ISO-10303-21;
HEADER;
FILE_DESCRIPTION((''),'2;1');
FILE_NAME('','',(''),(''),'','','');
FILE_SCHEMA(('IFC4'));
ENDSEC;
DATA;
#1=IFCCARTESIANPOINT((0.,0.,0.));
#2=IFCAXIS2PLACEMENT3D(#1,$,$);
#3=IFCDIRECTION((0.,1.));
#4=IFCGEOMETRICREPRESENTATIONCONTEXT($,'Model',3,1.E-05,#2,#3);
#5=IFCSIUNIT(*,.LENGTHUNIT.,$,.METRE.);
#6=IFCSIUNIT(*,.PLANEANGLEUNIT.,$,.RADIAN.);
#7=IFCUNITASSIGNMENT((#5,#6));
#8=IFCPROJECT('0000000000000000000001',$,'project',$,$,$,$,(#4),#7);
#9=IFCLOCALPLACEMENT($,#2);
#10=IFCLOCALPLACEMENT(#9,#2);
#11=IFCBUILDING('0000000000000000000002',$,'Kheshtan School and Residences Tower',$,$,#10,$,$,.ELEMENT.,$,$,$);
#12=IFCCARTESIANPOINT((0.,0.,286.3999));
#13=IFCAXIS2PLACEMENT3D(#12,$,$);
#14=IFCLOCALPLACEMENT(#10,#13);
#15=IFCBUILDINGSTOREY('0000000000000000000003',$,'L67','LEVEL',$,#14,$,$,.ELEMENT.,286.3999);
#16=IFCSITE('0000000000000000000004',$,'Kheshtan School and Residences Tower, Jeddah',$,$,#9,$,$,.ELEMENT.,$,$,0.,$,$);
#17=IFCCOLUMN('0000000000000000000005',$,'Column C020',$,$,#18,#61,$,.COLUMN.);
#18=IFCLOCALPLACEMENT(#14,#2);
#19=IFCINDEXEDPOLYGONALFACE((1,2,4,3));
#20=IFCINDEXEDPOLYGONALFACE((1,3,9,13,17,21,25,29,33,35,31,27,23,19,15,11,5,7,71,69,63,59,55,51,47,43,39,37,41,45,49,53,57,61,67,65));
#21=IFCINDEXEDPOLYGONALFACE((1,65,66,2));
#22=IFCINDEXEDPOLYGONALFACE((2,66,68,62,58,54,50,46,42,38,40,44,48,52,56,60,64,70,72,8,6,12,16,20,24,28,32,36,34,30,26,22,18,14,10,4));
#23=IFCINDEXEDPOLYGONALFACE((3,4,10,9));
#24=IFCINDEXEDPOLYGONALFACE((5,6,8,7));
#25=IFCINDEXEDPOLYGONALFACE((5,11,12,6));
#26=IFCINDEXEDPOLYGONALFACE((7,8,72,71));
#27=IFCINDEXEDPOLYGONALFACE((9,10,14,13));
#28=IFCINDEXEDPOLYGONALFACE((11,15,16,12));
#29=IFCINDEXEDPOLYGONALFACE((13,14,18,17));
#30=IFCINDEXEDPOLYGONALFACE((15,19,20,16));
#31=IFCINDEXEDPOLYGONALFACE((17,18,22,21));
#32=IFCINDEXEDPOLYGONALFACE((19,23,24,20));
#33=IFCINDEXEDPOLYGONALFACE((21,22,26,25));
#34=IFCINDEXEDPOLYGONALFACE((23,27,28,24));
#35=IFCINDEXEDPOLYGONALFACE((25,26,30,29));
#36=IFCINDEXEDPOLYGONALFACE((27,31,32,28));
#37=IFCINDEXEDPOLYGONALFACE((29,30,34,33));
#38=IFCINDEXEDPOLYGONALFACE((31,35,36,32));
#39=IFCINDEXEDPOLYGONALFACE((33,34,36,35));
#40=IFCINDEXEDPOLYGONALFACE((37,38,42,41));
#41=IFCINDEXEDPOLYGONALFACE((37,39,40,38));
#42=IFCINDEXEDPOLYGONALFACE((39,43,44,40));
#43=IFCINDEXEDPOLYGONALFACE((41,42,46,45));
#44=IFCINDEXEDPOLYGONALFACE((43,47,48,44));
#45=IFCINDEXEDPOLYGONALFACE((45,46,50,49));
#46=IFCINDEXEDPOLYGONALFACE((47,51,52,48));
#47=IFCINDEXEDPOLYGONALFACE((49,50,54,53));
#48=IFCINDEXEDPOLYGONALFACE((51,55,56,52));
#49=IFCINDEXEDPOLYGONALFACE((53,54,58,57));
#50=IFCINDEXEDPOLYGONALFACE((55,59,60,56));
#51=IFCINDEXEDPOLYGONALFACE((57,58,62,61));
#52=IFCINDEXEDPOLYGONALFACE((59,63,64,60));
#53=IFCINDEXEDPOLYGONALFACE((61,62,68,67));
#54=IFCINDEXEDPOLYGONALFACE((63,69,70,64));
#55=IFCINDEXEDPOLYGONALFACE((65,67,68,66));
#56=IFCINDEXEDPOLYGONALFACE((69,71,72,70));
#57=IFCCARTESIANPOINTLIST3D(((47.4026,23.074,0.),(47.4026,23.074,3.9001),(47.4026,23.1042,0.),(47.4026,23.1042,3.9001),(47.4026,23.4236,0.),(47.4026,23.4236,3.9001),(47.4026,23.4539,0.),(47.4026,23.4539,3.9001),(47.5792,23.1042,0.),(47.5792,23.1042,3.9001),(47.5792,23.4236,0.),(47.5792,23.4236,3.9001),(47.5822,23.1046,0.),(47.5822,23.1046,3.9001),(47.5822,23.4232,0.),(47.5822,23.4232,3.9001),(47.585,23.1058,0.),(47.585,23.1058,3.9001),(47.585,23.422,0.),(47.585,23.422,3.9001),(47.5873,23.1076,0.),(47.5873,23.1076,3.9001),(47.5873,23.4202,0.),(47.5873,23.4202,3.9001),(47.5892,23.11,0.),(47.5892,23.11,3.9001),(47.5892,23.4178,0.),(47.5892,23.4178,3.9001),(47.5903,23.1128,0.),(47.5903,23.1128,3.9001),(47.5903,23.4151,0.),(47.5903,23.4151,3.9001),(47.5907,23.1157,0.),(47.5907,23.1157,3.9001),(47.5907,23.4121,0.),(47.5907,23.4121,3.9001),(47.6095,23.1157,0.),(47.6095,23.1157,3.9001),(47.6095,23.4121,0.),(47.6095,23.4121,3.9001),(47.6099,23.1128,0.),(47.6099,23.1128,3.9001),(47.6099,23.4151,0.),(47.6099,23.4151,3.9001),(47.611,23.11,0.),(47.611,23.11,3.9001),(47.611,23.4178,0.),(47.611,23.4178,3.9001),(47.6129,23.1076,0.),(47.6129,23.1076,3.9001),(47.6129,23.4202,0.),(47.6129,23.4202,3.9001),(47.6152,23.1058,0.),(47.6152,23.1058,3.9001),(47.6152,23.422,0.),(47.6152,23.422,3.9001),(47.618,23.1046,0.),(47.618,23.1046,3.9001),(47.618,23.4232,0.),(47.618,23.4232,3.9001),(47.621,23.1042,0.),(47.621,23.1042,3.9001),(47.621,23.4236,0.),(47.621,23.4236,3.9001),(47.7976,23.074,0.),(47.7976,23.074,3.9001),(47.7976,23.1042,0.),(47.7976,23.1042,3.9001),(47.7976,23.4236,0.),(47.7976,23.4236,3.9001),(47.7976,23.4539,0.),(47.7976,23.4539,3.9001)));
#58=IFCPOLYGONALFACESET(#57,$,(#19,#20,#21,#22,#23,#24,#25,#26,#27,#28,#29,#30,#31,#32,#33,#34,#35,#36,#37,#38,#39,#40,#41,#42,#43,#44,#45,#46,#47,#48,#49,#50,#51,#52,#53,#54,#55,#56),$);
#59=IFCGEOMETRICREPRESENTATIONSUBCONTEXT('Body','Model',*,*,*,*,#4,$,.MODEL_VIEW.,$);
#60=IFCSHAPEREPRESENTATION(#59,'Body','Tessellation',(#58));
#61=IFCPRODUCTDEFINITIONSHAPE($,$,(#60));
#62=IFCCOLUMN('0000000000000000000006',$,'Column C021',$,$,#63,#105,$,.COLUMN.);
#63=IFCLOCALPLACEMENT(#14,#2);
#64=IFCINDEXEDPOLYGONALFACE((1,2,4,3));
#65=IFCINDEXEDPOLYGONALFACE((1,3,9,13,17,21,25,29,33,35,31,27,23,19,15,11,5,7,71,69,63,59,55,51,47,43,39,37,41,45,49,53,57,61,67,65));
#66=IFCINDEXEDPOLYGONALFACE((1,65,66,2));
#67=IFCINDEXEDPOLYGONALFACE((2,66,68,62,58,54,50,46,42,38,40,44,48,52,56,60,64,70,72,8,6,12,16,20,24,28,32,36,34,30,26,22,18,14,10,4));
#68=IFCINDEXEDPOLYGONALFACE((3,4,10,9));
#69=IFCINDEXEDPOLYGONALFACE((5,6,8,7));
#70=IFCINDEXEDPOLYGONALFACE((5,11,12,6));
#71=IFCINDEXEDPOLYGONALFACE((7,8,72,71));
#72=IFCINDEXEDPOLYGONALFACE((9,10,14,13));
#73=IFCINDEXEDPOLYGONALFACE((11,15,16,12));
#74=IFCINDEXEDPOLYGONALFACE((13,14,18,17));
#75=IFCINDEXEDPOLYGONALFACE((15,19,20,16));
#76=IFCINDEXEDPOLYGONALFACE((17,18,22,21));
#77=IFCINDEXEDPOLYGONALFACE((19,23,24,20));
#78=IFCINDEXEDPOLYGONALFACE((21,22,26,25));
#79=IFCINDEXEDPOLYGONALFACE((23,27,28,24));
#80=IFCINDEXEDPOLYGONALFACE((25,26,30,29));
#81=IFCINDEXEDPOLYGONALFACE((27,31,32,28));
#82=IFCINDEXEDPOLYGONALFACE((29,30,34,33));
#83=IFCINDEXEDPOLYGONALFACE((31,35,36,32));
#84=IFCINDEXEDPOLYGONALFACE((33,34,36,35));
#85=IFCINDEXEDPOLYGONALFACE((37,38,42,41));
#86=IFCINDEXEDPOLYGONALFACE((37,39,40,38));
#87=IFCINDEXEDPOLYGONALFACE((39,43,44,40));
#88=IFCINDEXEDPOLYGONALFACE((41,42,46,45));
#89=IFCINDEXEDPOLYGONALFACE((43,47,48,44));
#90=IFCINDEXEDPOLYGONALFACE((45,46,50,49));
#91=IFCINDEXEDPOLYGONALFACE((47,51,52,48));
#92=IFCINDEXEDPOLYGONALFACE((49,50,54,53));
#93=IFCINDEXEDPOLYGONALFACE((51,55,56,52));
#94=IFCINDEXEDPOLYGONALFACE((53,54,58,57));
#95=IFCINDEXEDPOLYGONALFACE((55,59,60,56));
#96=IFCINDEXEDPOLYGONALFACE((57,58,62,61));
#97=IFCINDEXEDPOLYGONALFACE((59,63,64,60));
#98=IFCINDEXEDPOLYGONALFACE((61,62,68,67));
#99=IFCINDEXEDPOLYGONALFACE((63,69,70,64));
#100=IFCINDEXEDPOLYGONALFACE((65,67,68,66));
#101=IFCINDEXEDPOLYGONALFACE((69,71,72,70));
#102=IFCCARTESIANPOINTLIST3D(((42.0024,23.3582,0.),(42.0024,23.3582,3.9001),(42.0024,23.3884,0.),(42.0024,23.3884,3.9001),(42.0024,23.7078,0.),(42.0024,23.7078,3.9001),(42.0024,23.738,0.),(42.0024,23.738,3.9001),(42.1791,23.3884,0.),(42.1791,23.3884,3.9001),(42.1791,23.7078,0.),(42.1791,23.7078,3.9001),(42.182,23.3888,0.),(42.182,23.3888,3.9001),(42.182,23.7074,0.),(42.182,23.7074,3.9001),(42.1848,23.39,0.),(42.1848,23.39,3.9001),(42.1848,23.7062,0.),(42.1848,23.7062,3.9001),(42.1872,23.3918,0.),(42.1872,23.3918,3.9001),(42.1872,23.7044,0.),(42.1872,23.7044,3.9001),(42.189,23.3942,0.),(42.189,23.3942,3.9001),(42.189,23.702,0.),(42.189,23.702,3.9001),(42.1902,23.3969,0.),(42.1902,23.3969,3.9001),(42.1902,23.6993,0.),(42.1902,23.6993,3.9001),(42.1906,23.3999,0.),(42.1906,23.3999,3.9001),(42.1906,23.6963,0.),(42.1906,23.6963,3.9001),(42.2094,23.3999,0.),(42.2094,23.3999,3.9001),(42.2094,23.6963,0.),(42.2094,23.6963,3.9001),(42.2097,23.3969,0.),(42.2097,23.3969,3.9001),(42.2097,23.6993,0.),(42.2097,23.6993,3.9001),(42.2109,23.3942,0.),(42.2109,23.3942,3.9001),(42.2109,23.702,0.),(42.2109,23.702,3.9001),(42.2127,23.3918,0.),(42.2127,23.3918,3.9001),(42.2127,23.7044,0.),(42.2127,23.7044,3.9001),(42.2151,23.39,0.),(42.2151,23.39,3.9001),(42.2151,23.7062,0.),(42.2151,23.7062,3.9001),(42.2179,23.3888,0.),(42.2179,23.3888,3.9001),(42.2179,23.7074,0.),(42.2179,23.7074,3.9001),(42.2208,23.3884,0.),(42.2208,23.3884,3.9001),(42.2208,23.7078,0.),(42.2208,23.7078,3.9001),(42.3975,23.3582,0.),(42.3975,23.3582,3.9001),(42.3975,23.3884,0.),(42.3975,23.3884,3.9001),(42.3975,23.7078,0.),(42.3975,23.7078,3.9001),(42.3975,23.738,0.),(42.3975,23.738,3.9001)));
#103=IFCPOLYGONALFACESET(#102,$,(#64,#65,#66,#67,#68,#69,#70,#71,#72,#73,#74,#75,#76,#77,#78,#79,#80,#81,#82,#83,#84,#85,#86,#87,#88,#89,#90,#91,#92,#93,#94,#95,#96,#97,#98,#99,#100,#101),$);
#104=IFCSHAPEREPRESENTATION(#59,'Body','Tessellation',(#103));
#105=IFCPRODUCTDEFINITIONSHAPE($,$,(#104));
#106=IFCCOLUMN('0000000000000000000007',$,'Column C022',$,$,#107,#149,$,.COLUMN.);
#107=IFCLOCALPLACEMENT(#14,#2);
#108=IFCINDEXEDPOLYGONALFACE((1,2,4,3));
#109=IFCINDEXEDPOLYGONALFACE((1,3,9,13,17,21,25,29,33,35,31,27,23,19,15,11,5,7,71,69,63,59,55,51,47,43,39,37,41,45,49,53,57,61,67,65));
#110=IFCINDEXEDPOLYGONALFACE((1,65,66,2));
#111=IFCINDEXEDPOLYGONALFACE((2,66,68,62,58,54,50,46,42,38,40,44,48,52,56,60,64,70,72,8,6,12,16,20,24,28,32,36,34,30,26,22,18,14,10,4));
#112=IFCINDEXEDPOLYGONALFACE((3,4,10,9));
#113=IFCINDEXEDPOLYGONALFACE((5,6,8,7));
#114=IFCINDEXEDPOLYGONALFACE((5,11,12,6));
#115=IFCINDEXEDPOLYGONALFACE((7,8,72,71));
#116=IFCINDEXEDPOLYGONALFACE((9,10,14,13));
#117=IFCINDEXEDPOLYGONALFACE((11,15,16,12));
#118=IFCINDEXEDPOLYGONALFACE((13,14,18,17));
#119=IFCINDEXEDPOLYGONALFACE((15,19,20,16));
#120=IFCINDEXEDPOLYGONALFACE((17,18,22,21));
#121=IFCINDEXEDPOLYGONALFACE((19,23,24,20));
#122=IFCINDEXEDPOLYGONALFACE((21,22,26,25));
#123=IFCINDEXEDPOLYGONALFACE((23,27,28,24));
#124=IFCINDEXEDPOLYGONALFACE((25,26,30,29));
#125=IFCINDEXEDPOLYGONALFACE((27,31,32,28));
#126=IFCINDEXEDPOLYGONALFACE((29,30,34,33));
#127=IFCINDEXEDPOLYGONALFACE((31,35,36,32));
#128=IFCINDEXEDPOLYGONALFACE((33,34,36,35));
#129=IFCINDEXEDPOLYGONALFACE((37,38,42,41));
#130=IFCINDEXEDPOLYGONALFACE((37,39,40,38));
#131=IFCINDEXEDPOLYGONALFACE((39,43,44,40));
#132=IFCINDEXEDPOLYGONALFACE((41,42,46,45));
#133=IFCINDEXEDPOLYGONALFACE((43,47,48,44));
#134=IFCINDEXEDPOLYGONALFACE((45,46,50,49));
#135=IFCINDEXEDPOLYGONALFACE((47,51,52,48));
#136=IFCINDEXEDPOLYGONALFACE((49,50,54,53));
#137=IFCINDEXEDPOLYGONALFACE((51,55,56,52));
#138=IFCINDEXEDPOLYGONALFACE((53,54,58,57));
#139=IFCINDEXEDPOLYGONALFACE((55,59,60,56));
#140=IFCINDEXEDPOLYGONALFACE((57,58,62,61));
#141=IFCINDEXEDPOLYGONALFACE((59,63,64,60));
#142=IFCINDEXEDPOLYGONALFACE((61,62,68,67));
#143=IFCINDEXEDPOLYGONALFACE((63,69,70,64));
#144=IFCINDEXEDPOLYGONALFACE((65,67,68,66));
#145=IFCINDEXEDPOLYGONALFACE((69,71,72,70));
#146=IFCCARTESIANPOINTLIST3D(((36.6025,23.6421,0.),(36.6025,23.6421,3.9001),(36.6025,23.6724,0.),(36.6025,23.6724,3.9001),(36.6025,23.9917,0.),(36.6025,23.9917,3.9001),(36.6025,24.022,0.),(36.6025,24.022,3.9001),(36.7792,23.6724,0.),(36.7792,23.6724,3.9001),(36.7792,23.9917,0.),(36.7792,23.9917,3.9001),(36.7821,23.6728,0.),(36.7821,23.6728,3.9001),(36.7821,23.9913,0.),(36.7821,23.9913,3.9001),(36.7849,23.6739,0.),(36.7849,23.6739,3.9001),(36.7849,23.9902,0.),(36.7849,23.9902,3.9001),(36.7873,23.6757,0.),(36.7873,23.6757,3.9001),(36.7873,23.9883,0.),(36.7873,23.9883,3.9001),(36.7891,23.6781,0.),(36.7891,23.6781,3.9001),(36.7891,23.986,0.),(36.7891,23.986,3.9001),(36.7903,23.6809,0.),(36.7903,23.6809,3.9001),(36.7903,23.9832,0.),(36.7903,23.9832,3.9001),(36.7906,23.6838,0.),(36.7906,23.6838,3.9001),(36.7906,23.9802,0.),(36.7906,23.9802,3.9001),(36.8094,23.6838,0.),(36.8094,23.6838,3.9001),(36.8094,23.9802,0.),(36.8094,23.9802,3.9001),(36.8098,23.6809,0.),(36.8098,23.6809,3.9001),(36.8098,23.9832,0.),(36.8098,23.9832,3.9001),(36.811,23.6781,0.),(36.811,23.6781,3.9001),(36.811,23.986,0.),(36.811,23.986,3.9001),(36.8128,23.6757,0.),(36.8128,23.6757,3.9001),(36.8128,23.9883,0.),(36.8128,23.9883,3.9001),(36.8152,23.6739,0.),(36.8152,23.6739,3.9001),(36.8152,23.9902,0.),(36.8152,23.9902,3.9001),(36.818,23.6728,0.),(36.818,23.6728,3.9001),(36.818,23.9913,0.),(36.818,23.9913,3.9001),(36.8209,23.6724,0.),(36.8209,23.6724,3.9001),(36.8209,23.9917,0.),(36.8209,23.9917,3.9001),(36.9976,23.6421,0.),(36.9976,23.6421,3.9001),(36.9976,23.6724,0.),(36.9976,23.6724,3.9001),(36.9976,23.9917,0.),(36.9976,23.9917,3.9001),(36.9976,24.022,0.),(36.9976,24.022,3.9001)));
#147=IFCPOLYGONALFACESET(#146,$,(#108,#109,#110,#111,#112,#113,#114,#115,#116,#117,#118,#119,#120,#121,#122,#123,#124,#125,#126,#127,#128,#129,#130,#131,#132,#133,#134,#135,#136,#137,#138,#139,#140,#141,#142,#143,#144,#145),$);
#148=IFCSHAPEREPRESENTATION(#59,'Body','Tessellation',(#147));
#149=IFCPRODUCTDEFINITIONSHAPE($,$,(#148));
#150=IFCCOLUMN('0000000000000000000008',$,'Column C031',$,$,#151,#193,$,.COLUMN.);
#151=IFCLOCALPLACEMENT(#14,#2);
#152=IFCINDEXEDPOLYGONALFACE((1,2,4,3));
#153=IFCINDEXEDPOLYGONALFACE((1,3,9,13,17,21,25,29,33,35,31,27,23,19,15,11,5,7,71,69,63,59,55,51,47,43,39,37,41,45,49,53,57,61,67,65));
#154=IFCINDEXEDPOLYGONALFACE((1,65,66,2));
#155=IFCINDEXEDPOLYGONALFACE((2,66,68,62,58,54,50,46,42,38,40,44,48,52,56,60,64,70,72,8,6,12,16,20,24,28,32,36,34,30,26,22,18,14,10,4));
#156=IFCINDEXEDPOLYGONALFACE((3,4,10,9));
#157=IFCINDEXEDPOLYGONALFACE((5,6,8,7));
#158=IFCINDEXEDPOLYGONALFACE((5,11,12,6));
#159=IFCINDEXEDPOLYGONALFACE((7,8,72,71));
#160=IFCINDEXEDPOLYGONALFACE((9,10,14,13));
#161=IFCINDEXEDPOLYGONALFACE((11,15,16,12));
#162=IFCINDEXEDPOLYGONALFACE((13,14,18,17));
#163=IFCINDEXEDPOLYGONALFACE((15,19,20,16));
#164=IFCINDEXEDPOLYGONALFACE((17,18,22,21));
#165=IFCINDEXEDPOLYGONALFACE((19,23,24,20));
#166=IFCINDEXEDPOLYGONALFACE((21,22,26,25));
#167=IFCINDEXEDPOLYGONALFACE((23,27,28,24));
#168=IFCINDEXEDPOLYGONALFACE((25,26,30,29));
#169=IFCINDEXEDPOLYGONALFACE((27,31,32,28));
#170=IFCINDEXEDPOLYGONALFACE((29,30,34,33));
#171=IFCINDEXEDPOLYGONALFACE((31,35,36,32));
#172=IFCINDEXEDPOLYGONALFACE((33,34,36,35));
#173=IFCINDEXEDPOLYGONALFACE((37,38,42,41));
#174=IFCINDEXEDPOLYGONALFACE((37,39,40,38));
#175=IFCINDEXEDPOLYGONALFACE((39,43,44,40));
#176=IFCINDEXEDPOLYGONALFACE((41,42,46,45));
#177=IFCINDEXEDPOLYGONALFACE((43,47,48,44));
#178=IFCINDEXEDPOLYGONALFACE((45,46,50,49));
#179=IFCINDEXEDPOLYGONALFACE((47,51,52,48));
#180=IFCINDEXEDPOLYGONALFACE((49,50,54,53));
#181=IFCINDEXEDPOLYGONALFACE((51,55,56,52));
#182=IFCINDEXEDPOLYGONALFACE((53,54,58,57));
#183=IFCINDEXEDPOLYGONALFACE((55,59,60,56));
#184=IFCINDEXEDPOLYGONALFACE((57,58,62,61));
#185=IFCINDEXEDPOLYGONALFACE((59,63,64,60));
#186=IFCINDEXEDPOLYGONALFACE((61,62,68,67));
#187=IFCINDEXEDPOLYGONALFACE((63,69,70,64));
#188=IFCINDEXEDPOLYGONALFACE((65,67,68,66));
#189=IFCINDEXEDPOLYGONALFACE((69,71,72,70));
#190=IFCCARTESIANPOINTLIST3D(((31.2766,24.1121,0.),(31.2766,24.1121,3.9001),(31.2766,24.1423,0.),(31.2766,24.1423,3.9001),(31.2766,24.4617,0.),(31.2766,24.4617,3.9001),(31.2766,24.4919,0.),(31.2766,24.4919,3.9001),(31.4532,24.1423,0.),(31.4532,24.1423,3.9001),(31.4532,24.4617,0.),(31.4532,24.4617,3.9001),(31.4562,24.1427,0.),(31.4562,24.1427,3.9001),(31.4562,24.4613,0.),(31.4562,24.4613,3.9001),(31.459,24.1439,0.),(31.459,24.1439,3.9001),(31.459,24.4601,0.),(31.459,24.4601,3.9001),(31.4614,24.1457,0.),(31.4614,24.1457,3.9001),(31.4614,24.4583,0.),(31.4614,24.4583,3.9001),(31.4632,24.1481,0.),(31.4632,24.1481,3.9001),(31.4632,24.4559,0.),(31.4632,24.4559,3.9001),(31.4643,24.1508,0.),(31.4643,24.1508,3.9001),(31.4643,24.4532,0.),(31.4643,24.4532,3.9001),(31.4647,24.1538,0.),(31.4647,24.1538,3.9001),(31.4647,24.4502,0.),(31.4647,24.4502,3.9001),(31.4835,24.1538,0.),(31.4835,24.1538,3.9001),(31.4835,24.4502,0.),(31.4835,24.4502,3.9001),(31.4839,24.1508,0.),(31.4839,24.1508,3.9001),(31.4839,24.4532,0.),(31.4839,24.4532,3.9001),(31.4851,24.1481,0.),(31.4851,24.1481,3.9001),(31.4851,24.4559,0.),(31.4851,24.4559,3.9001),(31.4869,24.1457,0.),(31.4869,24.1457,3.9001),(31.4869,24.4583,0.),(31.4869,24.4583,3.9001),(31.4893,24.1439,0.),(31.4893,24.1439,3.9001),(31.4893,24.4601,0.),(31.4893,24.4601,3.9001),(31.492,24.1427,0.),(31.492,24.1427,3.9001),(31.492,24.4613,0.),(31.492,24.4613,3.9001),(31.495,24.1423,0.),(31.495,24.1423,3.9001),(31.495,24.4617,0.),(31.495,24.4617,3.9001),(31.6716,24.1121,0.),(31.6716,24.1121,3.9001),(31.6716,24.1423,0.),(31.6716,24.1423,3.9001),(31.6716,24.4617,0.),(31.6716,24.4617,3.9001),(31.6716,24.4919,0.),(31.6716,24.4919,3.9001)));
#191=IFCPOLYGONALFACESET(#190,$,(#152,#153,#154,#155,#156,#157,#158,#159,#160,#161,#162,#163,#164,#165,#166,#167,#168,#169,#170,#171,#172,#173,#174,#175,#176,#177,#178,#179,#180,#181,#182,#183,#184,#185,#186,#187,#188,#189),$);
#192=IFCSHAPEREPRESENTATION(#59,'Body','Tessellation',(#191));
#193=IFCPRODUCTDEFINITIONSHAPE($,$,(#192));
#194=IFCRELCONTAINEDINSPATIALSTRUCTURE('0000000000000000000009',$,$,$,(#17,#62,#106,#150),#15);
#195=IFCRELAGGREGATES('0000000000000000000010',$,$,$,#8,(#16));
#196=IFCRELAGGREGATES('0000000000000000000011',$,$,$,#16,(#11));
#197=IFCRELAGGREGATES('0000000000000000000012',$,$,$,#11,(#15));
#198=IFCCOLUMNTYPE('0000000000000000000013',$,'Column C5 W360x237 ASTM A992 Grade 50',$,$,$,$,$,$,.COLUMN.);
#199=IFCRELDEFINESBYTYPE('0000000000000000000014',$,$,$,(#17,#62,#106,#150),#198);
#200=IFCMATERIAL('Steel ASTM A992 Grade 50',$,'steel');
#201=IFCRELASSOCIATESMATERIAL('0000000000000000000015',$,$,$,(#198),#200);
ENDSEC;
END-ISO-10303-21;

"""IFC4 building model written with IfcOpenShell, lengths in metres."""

from ifc_helpers import new_model, si_unit, direction, frame, origin, origin_2d, place, context, subcontext, project, spatial, i_section, extrude, material, material_profile, profile_set, type_object, element, save


model = new_model("IFC4")

# Units and contexts
model_context = context("Model", 3, precision=1e-05, world=origin(), true_north=direction((0.0, 1.0)))
body_context = subcontext(model_context, "Body", "Model", "MODEL_VIEW")
ifc_project = project(units=[si_unit("LENGTHUNIT", "METRE"), si_unit("PLANEANGLEUNIT", "RADIAN")], contexts=[model_context])

# Site, building, storey
site_placement = place(None, origin())
site = spatial("IfcSite", under=ifc_project, at=site_placement, Name="Kheshtan School and Residences Tower, Jeddah", CompositionType="ELEMENT", RefElevation=0.0)
building_placement = place(site_placement, origin())
building = spatial("IfcBuilding", under=site, at=building_placement, Name="Kheshtan School and Residences Tower", CompositionType="ELEMENT")
storey_placement = place(building_placement, frame((0.0, 0.0, 286.3999)))
storey = spatial("IfcBuildingStorey", under=building, at=storey_placement, Name="L67", Description="LEVEL", CompositionType="ELEMENT", Elevation=286.3999)

# Columns
ifc_material_1 = material(Name="Steel ASTM A992 Grade 50", Category="steel")
ifc_material_profile_1 = material_profile(ifc_material_1, i_section(OverallWidth=0.395, OverallDepth=0.3799, WebThickness=0.0188, FlangeThickness=0.0303, FilletRadius=0.0115, at=origin_2d()), Name="W360x237")
ifc_profile_set_1 = profile_set([ifc_material_profile_1], Name="Steel ASTM A992 Grade 50")
column_type = type_object("IfcColumnType", Name="Column C5 W360x237 ASTM A992 Grade 50", PredefinedType="COLUMN", material=ifc_profile_set_1)
for number, where, z_axis, x_axis, name in (
    (1, (47.6001, 23.2639, 0.0), (0.0, 0.0, 1.0), (1.0, 0.0, 0.0), "Column C020"),
    (2, (42.2, 23.5481, 0.0), (0.0, 0.0, 1.0), (1.0, 0.0, 0.0), "Column C021"),
    (3, (36.8, 23.832, 0.0), (0.0, 0.0, 1.0), (1.0, 0.0, 0.0), "Column C022"),
    (4, (31.4741, 24.302, 0.0), (0.0, 0.0, 1.0), (1.0, 0.0, 0.0), "Column C031"),
):
    element("IfcColumn", number, at=place(storey_placement, frame(where, z_axis=z_axis, x_axis=x_axis)), inside=storey, type_object=column_type, Name=name, PredefinedType="COLUMN", context=body_context, shape_type="SweptSolid", body=[
        extrude(i_section(OverallWidth=0.395, OverallDepth=0.3799, WebThickness=0.0188, FlangeThickness=0.0303, FilletRadius=0.0115, at=origin_2d()), origin(), (0.0, 0.0, 1.0), 3.9001),
    ])

save(model, "model.ifc")
